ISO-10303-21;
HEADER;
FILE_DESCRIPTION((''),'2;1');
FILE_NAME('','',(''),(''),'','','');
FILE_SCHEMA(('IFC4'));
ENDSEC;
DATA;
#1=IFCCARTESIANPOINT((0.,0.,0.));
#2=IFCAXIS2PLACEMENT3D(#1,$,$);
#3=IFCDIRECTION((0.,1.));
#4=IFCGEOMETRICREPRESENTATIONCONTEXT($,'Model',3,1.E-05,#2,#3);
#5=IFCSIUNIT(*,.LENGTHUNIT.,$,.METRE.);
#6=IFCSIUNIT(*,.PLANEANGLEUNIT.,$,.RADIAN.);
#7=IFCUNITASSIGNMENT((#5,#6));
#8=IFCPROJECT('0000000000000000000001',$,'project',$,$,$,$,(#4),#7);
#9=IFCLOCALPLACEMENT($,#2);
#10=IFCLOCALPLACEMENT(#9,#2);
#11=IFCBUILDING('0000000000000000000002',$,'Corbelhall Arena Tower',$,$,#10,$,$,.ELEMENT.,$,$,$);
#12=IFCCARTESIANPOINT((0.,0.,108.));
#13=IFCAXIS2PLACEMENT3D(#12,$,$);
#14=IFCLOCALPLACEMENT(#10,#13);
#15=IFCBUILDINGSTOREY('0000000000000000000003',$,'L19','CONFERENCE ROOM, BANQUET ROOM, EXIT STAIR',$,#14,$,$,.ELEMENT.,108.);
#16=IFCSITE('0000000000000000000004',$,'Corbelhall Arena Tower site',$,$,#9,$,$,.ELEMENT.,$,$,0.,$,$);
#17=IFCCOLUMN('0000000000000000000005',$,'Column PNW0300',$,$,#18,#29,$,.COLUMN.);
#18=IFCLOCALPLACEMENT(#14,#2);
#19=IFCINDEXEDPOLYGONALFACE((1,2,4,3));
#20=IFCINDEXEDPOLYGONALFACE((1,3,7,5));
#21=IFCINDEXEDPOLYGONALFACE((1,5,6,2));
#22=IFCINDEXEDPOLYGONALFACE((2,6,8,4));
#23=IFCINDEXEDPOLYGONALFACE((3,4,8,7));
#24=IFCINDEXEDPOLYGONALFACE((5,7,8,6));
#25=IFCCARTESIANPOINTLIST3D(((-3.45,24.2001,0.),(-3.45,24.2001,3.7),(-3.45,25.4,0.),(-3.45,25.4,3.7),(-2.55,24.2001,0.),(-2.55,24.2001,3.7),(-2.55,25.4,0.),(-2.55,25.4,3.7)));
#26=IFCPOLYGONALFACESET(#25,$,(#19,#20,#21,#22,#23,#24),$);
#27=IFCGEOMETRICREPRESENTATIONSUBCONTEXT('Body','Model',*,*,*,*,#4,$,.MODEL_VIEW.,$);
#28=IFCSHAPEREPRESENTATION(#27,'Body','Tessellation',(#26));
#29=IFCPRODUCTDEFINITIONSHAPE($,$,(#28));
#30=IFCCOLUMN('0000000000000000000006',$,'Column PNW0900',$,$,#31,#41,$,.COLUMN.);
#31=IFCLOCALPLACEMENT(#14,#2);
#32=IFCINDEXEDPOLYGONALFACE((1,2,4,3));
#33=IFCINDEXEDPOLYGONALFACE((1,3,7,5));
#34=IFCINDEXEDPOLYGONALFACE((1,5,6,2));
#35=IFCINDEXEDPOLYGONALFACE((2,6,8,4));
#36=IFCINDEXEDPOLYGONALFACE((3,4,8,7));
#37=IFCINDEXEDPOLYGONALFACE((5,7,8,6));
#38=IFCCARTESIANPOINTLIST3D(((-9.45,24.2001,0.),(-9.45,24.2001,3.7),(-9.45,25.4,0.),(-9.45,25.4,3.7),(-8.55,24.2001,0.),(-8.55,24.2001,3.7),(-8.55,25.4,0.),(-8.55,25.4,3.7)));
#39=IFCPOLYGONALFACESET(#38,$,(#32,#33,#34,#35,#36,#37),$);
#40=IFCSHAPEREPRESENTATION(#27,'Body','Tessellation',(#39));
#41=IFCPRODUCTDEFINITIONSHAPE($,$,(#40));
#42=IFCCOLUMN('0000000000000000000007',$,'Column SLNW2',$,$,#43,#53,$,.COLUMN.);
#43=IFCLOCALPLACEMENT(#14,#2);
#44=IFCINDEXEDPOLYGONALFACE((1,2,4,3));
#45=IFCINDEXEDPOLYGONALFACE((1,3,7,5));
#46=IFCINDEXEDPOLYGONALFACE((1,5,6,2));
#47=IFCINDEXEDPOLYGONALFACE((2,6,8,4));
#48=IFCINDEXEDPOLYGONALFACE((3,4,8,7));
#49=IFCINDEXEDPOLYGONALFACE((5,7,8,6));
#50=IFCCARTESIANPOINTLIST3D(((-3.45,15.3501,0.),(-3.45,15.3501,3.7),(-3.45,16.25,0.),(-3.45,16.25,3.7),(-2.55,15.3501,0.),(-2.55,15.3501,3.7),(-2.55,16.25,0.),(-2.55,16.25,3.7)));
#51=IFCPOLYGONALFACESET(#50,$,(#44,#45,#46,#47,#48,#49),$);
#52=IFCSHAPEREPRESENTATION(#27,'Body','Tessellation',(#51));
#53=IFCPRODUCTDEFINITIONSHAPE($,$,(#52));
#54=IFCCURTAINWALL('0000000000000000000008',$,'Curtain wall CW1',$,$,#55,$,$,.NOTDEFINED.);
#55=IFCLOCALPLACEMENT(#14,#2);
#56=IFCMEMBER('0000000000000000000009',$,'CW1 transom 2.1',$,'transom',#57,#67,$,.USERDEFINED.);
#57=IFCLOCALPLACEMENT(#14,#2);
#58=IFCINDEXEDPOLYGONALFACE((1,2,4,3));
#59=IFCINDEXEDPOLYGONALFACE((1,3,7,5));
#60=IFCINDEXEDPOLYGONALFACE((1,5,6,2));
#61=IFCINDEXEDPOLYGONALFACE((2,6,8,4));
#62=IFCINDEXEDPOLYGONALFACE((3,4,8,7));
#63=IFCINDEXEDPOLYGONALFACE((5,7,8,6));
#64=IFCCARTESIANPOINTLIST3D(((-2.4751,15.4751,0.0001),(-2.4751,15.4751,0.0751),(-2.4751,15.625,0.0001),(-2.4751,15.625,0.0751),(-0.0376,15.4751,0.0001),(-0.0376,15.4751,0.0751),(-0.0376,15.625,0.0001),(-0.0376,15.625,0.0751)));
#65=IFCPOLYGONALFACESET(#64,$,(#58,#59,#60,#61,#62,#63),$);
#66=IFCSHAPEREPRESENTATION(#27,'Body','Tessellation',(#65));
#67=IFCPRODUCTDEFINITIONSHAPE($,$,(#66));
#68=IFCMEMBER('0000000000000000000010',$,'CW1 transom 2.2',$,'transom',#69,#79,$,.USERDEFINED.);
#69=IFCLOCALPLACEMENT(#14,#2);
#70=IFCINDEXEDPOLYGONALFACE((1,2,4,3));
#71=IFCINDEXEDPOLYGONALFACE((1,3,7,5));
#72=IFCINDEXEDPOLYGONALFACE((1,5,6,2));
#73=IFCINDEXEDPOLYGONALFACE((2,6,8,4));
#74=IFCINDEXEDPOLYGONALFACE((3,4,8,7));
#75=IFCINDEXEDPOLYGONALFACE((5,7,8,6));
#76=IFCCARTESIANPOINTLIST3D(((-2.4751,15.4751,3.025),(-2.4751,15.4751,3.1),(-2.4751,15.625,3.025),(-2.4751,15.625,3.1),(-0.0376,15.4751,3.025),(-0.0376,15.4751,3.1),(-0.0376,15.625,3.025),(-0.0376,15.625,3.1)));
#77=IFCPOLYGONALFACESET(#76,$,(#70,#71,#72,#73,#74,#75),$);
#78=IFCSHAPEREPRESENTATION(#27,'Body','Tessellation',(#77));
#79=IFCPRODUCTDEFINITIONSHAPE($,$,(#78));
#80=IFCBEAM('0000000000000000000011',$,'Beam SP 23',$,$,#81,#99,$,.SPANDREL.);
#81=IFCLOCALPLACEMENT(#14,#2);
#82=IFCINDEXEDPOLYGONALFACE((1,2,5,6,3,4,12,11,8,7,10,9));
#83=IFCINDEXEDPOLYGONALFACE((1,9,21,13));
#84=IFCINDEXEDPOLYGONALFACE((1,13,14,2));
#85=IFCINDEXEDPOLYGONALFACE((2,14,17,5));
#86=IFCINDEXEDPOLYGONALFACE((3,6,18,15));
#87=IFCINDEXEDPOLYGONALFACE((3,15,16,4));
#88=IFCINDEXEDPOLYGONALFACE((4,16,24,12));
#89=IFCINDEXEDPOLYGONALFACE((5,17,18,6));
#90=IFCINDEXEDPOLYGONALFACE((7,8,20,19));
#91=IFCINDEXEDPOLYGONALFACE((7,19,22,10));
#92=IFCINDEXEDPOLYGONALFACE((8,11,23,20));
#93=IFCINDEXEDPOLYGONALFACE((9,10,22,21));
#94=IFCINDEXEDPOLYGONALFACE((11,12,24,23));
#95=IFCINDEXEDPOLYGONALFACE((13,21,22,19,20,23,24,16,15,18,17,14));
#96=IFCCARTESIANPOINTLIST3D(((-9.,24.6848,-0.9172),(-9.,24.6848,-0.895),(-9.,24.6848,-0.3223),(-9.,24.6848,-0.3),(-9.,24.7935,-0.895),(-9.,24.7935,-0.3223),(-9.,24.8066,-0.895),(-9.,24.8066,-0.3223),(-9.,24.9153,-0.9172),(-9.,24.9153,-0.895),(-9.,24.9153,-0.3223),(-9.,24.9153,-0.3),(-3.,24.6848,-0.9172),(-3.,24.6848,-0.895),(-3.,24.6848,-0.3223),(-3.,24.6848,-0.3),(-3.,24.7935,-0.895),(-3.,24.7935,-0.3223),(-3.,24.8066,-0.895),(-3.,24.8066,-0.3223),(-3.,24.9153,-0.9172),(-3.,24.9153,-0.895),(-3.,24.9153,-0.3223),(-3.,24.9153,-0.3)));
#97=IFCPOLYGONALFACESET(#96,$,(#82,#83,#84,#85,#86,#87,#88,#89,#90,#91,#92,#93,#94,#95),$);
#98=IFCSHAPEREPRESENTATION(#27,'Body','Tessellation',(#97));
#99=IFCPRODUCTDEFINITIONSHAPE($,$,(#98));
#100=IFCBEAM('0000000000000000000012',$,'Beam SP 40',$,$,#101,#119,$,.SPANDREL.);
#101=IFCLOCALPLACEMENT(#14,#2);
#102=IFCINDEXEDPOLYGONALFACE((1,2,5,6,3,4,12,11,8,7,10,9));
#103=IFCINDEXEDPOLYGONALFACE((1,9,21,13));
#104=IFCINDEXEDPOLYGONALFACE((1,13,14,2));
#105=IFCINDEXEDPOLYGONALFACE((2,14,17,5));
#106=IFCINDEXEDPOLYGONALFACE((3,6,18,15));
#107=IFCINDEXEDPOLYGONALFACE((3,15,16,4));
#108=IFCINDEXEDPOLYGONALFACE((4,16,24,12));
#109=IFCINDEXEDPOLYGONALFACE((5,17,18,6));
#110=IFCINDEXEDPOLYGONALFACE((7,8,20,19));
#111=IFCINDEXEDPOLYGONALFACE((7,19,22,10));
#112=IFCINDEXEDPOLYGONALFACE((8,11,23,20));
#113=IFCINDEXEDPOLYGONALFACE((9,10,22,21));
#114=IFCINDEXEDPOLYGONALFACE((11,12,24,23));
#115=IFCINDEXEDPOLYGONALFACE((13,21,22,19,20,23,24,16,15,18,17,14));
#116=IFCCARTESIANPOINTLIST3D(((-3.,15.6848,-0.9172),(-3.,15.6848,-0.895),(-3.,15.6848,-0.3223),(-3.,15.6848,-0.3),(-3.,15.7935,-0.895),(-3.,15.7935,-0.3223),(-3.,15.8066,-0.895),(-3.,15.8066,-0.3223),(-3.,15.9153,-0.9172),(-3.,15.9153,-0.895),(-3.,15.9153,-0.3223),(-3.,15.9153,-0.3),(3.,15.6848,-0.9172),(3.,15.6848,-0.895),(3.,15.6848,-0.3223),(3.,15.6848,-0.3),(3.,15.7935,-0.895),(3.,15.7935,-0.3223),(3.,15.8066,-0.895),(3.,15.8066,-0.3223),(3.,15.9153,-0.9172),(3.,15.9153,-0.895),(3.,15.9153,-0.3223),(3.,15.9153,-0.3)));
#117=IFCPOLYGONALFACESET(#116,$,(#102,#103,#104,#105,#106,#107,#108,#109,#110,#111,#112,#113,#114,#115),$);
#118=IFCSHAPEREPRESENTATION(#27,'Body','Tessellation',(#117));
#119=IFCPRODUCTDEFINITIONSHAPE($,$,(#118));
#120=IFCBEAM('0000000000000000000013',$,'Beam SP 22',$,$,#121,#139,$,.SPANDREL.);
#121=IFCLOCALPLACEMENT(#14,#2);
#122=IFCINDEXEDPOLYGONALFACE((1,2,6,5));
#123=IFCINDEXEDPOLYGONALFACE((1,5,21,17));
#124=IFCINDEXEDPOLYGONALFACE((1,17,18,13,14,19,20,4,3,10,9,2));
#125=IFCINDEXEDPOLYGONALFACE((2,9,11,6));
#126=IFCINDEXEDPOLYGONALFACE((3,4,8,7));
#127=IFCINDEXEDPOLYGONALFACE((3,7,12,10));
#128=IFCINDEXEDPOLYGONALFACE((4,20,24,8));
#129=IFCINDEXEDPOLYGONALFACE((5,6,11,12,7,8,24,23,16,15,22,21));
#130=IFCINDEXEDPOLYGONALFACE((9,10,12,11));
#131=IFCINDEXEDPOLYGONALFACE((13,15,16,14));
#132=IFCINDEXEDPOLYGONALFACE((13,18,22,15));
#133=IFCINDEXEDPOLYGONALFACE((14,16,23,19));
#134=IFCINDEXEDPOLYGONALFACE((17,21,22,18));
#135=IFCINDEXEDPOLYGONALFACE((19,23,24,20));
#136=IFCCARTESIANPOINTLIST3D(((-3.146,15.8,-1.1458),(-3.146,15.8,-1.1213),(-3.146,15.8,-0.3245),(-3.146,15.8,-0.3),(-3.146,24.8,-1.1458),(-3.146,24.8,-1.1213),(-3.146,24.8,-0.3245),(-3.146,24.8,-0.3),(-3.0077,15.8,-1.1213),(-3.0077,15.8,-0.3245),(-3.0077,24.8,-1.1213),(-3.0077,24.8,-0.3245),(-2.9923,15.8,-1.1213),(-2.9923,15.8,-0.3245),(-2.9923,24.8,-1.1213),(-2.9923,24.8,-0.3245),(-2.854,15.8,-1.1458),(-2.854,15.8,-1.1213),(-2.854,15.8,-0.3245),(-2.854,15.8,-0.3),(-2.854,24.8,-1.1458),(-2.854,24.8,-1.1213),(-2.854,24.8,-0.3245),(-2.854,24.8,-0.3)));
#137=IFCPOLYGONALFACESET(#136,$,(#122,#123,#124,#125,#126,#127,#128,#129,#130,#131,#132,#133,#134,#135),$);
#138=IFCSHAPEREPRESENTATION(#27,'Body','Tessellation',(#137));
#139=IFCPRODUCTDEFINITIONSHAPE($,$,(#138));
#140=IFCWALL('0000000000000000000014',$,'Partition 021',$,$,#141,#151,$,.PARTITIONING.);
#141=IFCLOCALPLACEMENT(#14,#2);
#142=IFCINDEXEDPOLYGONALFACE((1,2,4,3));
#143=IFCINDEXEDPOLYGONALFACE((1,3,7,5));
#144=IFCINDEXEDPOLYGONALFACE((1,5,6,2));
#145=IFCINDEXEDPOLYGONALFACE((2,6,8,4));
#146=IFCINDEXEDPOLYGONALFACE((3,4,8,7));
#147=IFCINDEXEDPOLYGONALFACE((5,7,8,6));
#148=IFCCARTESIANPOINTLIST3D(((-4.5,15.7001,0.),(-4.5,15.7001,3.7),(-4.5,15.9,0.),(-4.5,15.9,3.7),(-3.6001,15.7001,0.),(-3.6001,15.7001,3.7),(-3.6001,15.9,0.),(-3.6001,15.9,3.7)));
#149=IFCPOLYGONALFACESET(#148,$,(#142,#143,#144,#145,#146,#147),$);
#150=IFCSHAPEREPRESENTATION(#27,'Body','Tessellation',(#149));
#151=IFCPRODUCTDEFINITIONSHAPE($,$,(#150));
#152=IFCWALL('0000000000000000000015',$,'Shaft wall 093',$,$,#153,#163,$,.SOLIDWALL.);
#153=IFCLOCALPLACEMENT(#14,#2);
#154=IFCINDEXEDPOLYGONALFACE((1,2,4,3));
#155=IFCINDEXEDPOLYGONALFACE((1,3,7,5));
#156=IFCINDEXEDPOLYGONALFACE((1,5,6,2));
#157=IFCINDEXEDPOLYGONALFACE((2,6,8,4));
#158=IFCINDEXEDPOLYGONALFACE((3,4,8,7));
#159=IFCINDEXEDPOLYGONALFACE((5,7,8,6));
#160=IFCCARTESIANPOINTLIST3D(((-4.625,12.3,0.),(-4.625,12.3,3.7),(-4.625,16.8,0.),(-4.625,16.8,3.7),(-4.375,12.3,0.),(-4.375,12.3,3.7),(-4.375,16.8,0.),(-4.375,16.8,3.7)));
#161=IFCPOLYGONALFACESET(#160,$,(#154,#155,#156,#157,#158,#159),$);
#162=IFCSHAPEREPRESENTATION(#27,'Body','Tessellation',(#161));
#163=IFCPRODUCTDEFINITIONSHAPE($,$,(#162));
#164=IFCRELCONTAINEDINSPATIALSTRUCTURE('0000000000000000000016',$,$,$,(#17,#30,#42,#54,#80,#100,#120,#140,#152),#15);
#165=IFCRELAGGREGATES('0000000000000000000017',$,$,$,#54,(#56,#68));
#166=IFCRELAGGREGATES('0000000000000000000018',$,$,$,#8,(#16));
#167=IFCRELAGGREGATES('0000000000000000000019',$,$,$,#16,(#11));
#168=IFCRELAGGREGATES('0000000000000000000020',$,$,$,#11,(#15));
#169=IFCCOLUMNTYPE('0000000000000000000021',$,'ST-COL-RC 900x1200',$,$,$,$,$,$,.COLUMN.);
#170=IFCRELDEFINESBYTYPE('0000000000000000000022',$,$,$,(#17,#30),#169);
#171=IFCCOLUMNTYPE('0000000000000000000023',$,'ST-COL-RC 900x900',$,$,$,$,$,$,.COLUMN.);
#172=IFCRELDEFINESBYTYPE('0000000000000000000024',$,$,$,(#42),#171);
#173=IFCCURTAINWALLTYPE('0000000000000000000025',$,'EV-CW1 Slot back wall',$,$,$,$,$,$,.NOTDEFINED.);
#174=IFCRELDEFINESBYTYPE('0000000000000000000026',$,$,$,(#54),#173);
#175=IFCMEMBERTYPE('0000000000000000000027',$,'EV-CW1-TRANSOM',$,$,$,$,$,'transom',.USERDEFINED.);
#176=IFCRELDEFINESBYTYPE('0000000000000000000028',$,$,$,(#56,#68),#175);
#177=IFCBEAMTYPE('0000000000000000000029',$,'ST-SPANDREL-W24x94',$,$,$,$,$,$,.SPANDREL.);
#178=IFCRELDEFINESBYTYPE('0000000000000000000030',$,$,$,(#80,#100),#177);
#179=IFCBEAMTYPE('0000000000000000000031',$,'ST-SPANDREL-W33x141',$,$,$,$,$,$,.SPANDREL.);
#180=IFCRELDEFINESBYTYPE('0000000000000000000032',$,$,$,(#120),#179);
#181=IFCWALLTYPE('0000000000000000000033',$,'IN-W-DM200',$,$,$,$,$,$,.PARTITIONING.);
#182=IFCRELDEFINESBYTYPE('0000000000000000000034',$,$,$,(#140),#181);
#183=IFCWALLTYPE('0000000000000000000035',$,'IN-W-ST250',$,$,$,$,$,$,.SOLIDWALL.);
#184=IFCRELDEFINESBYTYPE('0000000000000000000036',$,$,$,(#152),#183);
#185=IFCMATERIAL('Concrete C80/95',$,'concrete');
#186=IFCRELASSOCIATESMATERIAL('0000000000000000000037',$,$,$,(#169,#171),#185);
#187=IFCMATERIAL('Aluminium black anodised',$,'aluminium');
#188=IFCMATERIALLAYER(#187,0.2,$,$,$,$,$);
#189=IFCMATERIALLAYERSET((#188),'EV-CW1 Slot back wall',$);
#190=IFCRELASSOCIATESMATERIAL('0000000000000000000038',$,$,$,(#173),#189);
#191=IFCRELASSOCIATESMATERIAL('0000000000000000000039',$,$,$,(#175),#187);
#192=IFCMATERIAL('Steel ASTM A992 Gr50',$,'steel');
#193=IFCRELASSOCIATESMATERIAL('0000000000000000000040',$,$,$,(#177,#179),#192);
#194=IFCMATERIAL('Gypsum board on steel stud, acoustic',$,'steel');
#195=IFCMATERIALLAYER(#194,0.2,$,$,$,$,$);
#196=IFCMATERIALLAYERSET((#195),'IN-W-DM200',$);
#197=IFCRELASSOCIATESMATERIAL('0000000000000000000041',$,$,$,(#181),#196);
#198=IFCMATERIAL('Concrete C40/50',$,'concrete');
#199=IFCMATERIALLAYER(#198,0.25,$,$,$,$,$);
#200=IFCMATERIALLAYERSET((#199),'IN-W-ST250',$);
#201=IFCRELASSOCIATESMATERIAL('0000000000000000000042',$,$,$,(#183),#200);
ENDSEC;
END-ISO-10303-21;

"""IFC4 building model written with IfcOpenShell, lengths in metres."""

from ifc_helpers import new_model, si_unit, direction, frame, frame_2d, origin, origin_2d, place, context, subcontext, project, spatial, rectangle, i_section, extrude, material, layer, layer_set, material_profile, profile_set, type_object, element, aggregate, save


model = new_model("IFC4")

# Units and contexts
model_context = context("Model", 3, precision=1e-05, world=origin(), true_north=direction((0.0, 1.0)))
body_context = subcontext(model_context, "Body", "Model", "MODEL_VIEW")
ifc_project = project(units=[si_unit("LENGTHUNIT", "METRE"), si_unit("PLANEANGLEUNIT", "RADIAN")], contexts=[model_context])

# Site, building, storey
site_placement = place(None, origin())
site = spatial("IfcSite", under=ifc_project, at=site_placement, Name="Corbelhall Arena Tower site", CompositionType="ELEMENT", RefElevation=0.0)
building_placement = place(site_placement, origin())
building = spatial("IfcBuilding", under=site, at=building_placement, Name="Corbelhall Arena Tower", CompositionType="ELEMENT")
storey_placement = place(building_placement, frame((0.0, 0.0, 108.0)))
storey = spatial("IfcBuildingStorey", under=building, at=storey_placement, Name="L19", Description="CONFERENCE ROOM, BANQUET ROOM, EXIT STAIR", CompositionType="ELEMENT", Elevation=108.0)

# Columns
ifc_material_1 = material(Name="Concrete C80/95", Category="concrete")
ifc_material_profile_1 = material_profile(ifc_material_1, rectangle(XDim=0.8999, YDim=1.2, at=origin_2d()))
ifc_profile_set_1 = profile_set([ifc_material_profile_1], Name="Concrete C80/95")
column_type_1 = type_object("IfcColumnType", Name="ST-COL-RC 900x1200", PredefinedType="COLUMN", material=ifc_profile_set_1)
for number, where, z_axis, x_axis, name in (
    (1, (-3.0, 24.8, 0.0), (0.0, 0.0, 1.0), (1.0, 0.0, 0.0), "Column PNW0300"),
    (2, (-9.0, 24.8, 0.0), (0.0, 0.0, 1.0), (1.0, 0.0, 0.0), "Column PNW0900"),
):
    element("IfcColumn", number, at=place(storey_placement, frame(where, z_axis=z_axis, x_axis=x_axis)), inside=storey, type_object=column_type_1, Name=name, PredefinedType="COLUMN", context=body_context, shape_type="SweptSolid", body=[
        extrude(rectangle(XDim=0.8999, YDim=1.2, at=origin_2d()), origin(), (0.0, 0.0, 1.0), 3.7),
    ])
ifc_material_profile_2 = material_profile(ifc_material_1, rectangle(XDim=0.8999, YDim=0.8999, at=origin_2d()))
ifc_profile_set_2 = profile_set([ifc_material_profile_2], Name="Concrete C80/95")
column_type_2 = type_object("IfcColumnType", Name="ST-COL-RC 900x900", PredefinedType="COLUMN", material=ifc_profile_set_2)
column_placement = place(storey_placement, frame((-3.0, 15.8, 0.0), z_axis=(0.0, 0.0, 1.0), x_axis=(1.0, 0.0, 0.0)))
element("IfcColumn", 3, at=column_placement, inside=storey, type_object=column_type_2, Name="Column SLNW2", PredefinedType="COLUMN", context=body_context, shape_type="SweptSolid", body=[
    extrude(rectangle(XDim=0.8999, YDim=0.8999, at=origin_2d()), origin(), (0.0, 0.0, 1.0), 3.7),
])

# Curtain wall, members
ifc_material_2 = material(Name="Aluminium black anodised", Category="aluminium")
ifc_layer_1 = layer(ifc_material_2, 0.2)
ifc_layer_set_1 = layer_set([ifc_layer_1], Name="EV-CW1 Slot back wall")
curtain_wall_type = type_object("IfcCurtainWallType", Name="EV-CW1 Slot back wall", PredefinedType="NOTDEFINED", material=ifc_layer_set_1)
curtain_wall_placement = place(storey_placement, origin())
curtain_wall = element("IfcCurtainWall", 4, at=curtain_wall_placement, inside=storey, type_object=curtain_wall_type, Name="Curtain wall CW1", PredefinedType="NOTDEFINED")
ifc_material_profile_3 = material_profile(ifc_material_2, rectangle(XDim=0.1499, YDim=0.075, at=origin_2d()))
ifc_profile_set_3 = profile_set([ifc_material_profile_3], Name="Aluminium black anodised")
member_type = type_object("IfcMemberType", Name="EV-CW1-TRANSOM", ElementType="transom", PredefinedType="USERDEFINED", material=ifc_profile_set_3)
member_1_placement = place(storey_placement, frame((-0.0376, 15.55, 0.0376), z_axis=(-1.0, 0.0, 0.0), x_axis=(0.0, -1.0, 0.0)))
member_1 = element("IfcMember", 5, at=member_1_placement, type_object=member_type, Name="CW1 transom 2.1", ObjectType="transom", PredefinedType="USERDEFINED", context=body_context, shape_type="SweptSolid", body=[
    extrude(rectangle(XDim=0.1499, YDim=0.075, at=origin_2d()), origin(), (0.0, 0.0, 1.0), 2.4375),
])
member_2_placement = place(storey_placement, frame((-0.0376, 15.55, 3.0625), z_axis=(-1.0, 0.0, 0.0), x_axis=(0.0, -1.0, 0.0)))
member_2 = element("IfcMember", 6, at=member_2_placement, type_object=member_type, Name="CW1 transom 2.2", ObjectType="transom", PredefinedType="USERDEFINED", context=body_context, shape_type="SweptSolid", body=[
    extrude(rectangle(XDim=0.1499, YDim=0.075, at=origin_2d()), origin(), (0.0, 0.0, 1.0), 2.4375),
])
aggregate(curtain_wall, [member_1, member_2])

# Beams
ifc_material_3 = material(Name="Steel ASTM A992 Gr50", Category="steel")
ifc_material_profile_4 = material_profile(ifc_material_3, i_section(OverallWidth=0.2305, OverallDepth=0.6172, WebThickness=0.0132, FlangeThickness=0.0222, at=origin_2d()))
ifc_profile_set_4 = profile_set([ifc_material_profile_4], Name="Steel ASTM A992 Gr50")
beam_type_1 = type_object("IfcBeamType", Name="ST-SPANDREL-W24x94", PredefinedType="SPANDREL", material=ifc_profile_set_4)
for number, where, z_axis, x_axis, name in (
    (7, (-9.0, 24.8, -0.6086), (1.0, 0.0, 0.0), (0.0, 1.0, 0.0), "Beam SP 23"),
    (8, (-3.0, 15.8, -0.6086), (1.0, 0.0, 0.0), (0.0, 1.0, 0.0), "Beam SP 40"),
):
    element("IfcBeam", number, at=place(storey_placement, frame(where, z_axis=z_axis, x_axis=x_axis)), inside=storey, type_object=beam_type_1, Name=name, PredefinedType="SPANDREL", context=body_context, shape_type="SweptSolid", body=[
        extrude(i_section(OverallWidth=0.2305, OverallDepth=0.6172, WebThickness=0.0132, FlangeThickness=0.0222, at=origin_2d()), origin(), (0.0, 0.0, 1.0), 6.0),
    ])
ifc_material_profile_5 = material_profile(ifc_material_3, i_section(OverallWidth=0.292, OverallDepth=0.8457, WebThickness=0.0154, FlangeThickness=0.0244, at=origin_2d()))
ifc_profile_set_5 = profile_set([ifc_material_profile_5], Name="Steel ASTM A992 Gr50")
beam_type_2 = type_object("IfcBeamType", Name="ST-SPANDREL-W33x141", PredefinedType="SPANDREL", material=ifc_profile_set_5)
beam_placement = place(storey_placement, frame((-3.0, 24.8, -0.7229), z_axis=(0.0, -1.0, 0.0), x_axis=(1.0, 0.0, 0.0)))
element("IfcBeam", 9, at=beam_placement, inside=storey, type_object=beam_type_2, Name="Beam SP 22", PredefinedType="SPANDREL", context=body_context, shape_type="SweptSolid", body=[
    extrude(i_section(OverallWidth=0.292, OverallDepth=0.8457, WebThickness=0.0154, FlangeThickness=0.0244, at=origin_2d()), origin(), (0.0, 0.0, 1.0), 9.0),
])

# Walls
ifc_material_4 = material(Name="Gypsum board on steel stud, acoustic", Category="steel")
ifc_layer_2 = layer(ifc_material_4, 0.2)
ifc_layer_set_2 = layer_set([ifc_layer_2], Name="IN-W-DM200")
wall_type_1 = type_object("IfcWallType", Name="IN-W-DM200", PredefinedType="PARTITIONING", material=ifc_layer_set_2)
wall_1_placement = place(storey_placement, frame((-4.5, 15.8, 0.0), z_axis=(0.0, 0.0, 1.0), x_axis=(1.0, 0.0, 0.0)))
element("IfcWall", 10, at=wall_1_placement, inside=storey, type_object=wall_type_1, Name="Partition 021", PredefinedType="PARTITIONING", context=body_context, shape_type="SweptSolid", body=[
    extrude(rectangle(XDim=0.8999, YDim=0.2, at=frame_2d((0.45, 0.0))), origin(), (0.0, 0.0, 1.0), 3.7),
])
ifc_material_5 = material(Name="Concrete C40/50", Category="concrete")
ifc_layer_3 = layer(ifc_material_5, 0.25)
ifc_layer_set_3 = layer_set([ifc_layer_3], Name="IN-W-ST250")
wall_type_2 = type_object("IfcWallType", Name="IN-W-ST250", PredefinedType="SOLIDWALL", material=ifc_layer_set_3)
wall_2_placement = place(storey_placement, frame((-4.5, 16.8, 0.0), z_axis=(0.0, 0.0, 1.0), x_axis=(0.0, -1.0, 0.0)))
element("IfcWall", 11, at=wall_2_placement, inside=storey, type_object=wall_type_2, Name="Shaft wall 093", PredefinedType="SOLIDWALL", context=body_context, shape_type="SweptSolid", body=[
    extrude(rectangle(XDim=4.5, YDim=0.25, at=frame_2d((2.25, 0.0))), origin(), (0.0, 0.0, 1.0), 3.7),
])

save(model, "model.ifc")
